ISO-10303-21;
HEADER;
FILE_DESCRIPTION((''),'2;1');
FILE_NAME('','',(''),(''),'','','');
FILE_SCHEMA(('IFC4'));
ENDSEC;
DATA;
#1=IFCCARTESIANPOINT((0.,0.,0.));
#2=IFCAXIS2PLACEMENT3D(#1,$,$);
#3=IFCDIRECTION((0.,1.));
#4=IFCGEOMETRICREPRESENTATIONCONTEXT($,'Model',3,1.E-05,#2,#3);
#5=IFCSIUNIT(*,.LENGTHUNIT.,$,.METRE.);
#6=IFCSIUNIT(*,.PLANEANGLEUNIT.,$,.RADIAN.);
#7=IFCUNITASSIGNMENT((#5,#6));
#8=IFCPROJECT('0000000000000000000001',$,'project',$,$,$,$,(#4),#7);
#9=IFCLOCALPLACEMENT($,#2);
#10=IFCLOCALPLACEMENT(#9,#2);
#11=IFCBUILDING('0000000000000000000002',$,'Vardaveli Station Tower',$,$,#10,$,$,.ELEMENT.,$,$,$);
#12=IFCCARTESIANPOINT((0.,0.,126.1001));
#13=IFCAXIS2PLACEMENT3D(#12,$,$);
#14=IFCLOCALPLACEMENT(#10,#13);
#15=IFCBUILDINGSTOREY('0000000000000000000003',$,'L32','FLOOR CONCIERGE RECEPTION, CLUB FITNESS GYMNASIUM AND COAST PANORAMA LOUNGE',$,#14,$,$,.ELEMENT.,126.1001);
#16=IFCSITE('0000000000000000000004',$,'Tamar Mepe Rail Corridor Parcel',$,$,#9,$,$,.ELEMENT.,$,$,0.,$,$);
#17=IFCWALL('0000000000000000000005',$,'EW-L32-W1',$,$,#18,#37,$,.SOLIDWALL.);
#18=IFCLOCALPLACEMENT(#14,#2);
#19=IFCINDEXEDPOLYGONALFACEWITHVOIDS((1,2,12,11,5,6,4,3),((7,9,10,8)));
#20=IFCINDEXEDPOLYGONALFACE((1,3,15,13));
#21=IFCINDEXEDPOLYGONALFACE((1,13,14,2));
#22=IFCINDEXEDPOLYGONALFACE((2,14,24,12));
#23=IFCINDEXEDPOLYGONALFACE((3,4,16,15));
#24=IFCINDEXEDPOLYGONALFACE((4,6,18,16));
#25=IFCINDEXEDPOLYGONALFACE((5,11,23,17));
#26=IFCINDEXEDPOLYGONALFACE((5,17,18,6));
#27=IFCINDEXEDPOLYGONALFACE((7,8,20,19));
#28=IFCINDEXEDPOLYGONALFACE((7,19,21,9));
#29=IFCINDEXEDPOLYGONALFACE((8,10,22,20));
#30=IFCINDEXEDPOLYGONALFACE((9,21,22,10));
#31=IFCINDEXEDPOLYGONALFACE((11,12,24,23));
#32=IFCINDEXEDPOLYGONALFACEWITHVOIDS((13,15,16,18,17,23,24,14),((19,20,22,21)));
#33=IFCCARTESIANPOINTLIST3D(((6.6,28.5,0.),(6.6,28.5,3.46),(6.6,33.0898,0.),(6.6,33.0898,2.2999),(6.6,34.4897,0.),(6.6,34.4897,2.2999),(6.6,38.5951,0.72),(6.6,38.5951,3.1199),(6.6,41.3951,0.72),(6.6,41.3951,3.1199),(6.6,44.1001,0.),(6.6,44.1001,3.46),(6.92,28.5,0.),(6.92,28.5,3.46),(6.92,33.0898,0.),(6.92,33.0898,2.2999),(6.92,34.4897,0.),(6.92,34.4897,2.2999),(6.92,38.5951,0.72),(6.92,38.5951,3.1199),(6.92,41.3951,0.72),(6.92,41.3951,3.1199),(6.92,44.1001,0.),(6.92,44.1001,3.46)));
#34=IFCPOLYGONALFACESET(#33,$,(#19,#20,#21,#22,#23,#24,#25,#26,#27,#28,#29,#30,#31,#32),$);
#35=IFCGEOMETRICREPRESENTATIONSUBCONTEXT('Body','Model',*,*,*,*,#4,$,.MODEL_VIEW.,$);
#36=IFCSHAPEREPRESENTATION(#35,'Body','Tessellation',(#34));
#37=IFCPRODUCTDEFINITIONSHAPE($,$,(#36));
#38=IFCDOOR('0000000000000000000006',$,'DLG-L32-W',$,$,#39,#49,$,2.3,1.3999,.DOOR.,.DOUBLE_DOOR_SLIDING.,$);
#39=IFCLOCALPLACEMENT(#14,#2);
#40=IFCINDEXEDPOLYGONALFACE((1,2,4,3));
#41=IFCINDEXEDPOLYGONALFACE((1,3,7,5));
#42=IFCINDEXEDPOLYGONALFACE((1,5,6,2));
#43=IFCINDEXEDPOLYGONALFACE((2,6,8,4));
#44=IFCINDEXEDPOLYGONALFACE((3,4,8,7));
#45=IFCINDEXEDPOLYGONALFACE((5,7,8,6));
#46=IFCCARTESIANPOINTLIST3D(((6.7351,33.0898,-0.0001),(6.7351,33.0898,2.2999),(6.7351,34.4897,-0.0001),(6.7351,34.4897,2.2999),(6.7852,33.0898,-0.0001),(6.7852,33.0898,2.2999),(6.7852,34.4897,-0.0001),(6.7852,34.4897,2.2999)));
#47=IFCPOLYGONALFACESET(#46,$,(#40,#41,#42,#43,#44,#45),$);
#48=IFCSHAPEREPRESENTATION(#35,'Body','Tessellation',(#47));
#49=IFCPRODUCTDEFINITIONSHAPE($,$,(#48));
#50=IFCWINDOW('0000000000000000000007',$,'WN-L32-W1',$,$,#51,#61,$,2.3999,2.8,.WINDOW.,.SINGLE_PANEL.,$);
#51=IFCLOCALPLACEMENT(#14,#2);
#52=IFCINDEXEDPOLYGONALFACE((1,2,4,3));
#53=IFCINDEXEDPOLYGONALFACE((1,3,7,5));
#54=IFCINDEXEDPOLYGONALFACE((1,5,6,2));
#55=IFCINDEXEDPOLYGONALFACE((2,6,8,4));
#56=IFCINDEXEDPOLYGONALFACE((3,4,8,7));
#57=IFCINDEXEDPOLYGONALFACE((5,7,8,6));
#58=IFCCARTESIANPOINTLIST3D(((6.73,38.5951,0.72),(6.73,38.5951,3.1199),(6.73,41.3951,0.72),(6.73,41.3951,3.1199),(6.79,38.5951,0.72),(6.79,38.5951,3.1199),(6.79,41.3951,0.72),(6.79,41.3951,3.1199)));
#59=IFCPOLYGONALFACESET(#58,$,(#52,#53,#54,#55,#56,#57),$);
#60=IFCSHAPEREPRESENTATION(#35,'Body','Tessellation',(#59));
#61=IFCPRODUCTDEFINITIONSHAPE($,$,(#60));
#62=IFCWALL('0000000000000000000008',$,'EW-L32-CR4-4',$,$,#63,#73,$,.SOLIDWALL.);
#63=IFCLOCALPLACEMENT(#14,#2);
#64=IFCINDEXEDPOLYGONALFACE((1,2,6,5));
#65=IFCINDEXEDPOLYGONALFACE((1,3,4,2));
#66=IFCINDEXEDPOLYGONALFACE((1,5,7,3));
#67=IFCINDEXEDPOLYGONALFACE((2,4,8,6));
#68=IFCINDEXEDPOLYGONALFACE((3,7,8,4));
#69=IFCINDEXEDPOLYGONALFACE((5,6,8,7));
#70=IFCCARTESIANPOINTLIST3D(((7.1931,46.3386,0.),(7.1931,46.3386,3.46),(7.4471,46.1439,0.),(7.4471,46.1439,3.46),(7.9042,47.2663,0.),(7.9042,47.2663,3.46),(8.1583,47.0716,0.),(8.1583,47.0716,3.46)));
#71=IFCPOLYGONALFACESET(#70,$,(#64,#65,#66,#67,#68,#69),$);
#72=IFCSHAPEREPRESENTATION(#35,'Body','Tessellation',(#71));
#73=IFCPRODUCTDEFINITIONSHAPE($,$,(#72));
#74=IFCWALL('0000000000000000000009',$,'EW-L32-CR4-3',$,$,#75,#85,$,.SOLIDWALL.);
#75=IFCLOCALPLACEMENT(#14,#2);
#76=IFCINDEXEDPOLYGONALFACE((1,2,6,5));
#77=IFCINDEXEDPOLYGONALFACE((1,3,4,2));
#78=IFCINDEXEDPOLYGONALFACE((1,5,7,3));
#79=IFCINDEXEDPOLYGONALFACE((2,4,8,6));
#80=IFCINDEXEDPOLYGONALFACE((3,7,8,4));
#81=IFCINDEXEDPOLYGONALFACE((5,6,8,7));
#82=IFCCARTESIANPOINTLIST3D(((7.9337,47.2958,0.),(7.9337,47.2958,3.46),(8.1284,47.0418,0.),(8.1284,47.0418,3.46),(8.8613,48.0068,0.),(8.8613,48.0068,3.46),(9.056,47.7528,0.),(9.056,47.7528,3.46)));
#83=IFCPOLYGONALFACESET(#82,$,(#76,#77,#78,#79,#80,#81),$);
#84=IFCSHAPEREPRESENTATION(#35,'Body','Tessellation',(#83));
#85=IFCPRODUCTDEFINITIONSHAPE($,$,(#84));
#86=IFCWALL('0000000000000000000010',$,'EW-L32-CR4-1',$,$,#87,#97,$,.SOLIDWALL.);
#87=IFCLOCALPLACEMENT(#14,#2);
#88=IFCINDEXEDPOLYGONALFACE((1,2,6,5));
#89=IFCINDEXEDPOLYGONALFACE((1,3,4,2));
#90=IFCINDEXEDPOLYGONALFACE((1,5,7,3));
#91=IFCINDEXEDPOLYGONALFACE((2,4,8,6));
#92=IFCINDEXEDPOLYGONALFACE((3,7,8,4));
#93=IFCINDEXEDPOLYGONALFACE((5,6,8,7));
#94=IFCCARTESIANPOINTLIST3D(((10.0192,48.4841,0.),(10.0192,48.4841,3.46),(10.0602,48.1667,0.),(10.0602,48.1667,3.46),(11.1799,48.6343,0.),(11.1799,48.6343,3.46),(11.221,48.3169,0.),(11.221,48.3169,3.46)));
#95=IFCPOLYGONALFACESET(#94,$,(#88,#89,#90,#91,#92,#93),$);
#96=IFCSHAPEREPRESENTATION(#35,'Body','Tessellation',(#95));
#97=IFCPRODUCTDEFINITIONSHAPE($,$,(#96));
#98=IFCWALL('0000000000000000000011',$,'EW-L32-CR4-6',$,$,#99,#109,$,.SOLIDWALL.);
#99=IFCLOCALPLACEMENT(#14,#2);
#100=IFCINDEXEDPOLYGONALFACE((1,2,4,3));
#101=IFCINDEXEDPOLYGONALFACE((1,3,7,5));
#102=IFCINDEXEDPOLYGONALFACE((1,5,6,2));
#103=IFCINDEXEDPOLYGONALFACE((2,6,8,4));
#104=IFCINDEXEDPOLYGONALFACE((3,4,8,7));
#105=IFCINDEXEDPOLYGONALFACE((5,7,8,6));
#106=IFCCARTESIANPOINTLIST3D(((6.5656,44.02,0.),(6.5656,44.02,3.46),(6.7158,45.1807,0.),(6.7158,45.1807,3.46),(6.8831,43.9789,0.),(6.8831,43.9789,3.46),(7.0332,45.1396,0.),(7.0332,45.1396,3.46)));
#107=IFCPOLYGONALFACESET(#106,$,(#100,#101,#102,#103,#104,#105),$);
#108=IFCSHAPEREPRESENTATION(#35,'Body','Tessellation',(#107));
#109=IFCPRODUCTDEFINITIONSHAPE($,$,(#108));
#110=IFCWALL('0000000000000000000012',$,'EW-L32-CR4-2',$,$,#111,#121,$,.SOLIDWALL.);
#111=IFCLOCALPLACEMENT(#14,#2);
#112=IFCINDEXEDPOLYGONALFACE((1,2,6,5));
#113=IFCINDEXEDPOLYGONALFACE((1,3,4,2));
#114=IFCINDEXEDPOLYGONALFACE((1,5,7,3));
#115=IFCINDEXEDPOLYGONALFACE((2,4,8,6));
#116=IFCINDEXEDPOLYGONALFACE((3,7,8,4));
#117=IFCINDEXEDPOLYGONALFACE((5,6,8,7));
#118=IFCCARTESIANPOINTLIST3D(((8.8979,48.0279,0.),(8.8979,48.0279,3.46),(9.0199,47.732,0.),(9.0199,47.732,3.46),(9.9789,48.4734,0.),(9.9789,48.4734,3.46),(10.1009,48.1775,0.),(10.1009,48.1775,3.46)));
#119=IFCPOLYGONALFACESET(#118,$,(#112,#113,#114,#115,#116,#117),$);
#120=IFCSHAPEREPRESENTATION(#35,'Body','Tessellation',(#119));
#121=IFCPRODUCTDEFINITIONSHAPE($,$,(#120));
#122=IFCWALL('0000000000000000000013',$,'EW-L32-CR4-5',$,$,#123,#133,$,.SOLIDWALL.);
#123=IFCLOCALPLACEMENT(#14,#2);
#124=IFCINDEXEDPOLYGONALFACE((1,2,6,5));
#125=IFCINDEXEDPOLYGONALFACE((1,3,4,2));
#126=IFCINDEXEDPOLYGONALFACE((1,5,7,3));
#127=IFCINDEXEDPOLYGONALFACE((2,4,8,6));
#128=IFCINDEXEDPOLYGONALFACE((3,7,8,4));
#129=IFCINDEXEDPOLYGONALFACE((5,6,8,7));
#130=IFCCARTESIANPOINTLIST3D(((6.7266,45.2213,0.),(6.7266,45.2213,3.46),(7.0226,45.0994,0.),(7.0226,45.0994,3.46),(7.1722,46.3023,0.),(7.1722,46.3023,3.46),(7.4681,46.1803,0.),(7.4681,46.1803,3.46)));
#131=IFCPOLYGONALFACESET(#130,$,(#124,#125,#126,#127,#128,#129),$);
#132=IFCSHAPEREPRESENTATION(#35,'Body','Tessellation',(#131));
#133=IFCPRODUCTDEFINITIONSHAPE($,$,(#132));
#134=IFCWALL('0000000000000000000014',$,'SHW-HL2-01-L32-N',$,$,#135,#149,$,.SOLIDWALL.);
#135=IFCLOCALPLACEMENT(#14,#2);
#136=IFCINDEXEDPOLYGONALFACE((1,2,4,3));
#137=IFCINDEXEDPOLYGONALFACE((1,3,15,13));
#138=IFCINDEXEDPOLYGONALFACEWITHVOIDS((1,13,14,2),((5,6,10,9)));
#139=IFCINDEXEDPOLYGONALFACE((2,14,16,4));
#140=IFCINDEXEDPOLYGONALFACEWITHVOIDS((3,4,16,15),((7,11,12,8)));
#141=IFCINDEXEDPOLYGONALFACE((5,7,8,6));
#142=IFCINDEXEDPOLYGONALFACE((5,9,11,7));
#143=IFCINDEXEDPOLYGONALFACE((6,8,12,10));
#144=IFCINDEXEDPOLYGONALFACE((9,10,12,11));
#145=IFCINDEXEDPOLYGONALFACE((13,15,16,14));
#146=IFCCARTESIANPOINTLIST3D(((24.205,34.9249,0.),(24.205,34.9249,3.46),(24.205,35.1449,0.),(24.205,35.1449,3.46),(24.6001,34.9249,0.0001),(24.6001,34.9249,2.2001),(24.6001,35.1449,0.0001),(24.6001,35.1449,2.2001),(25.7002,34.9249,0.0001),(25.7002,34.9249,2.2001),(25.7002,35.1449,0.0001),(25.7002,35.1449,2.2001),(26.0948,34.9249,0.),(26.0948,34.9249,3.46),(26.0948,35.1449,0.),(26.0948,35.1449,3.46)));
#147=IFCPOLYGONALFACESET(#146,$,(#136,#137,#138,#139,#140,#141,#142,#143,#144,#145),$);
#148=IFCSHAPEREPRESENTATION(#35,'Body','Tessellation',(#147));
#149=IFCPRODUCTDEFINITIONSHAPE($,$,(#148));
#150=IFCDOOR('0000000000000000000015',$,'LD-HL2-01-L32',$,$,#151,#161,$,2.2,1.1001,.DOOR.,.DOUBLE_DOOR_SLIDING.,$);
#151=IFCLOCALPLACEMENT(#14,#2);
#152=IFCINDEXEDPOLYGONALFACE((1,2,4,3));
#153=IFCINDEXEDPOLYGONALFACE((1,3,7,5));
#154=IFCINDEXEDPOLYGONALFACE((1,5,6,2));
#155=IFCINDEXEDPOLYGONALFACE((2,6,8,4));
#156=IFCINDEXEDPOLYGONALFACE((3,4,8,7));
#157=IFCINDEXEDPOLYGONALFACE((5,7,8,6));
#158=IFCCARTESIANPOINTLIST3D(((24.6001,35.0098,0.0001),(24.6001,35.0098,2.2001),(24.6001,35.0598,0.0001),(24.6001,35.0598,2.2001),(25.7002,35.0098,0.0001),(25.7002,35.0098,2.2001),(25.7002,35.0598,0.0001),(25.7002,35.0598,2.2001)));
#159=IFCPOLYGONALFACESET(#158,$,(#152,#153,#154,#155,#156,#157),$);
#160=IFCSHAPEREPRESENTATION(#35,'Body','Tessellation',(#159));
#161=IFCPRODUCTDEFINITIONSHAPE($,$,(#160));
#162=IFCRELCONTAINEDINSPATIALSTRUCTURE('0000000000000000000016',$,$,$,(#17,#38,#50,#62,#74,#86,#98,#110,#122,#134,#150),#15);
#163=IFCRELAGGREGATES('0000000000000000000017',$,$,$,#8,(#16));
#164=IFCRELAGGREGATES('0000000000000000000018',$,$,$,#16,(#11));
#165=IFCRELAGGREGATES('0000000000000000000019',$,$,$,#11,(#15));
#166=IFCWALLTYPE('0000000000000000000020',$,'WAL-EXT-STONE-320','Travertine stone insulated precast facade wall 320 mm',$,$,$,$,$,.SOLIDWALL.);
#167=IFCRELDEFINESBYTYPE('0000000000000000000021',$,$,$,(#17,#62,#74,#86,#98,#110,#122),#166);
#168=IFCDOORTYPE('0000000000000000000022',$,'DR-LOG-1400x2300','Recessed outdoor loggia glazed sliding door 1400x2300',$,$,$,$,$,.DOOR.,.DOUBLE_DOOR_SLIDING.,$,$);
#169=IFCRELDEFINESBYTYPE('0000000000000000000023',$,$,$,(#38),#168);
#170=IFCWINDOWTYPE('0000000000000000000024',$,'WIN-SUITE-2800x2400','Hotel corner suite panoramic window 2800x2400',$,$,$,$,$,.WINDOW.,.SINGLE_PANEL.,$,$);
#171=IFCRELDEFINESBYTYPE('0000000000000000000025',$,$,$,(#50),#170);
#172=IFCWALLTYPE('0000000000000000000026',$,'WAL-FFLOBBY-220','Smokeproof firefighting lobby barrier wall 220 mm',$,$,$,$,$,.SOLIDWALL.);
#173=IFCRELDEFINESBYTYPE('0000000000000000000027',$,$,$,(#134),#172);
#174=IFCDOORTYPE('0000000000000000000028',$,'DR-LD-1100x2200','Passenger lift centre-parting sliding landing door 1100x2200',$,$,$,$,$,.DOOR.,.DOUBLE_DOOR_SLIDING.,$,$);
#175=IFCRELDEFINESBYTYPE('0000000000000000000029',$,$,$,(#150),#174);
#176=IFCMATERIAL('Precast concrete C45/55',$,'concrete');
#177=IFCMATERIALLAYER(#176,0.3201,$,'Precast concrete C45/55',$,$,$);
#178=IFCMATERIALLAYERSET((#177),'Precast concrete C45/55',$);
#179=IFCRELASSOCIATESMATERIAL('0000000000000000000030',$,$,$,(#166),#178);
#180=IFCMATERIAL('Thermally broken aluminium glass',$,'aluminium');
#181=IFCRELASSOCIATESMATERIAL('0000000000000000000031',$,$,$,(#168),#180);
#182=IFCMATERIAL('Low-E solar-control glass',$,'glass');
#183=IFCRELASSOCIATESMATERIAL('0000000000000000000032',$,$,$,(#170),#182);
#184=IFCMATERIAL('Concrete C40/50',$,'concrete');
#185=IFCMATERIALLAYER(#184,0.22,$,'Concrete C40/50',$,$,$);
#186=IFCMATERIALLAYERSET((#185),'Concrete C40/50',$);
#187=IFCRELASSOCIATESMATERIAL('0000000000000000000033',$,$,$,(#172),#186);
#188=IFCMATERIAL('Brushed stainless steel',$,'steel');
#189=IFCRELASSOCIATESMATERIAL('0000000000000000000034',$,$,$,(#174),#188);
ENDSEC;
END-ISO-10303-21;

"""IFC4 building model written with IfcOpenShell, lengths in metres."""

from ifc_helpers import new_model, si_unit, direction, frame, frame_2d, origin, place, context, subcontext, project, spatial, rectangle, extrude, source, transform, mapped, material, layer, layer_set, type_object, element, fill, save


model = new_model("IFC4")

# Units and contexts
model_context = context("Model", 3, precision=1e-05, world=origin(), true_north=direction((0.0, 1.0)))
body_context = subcontext(model_context, "Body", "Model", "MODEL_VIEW")
ifc_project = project(units=[si_unit("LENGTHUNIT", "METRE"), si_unit("PLANEANGLEUNIT", "RADIAN")], contexts=[model_context])

# Site, building, storey
site_placement = place(None, origin())
site = spatial("IfcSite", under=ifc_project, at=site_placement, Name="Tamar Mepe Rail Corridor Parcel", CompositionType="ELEMENT", RefElevation=0.0)
building_placement = place(site_placement, origin())
building = spatial("IfcBuilding", under=site, at=building_placement, Name="Vardaveli Station Tower", CompositionType="ELEMENT")
storey_placement = place(building_placement, frame((0.0, 0.0, 126.1001)))
storey = spatial("IfcBuildingStorey", under=building, at=storey_placement, Name="L32", Description="FLOOR CONCIERGE RECEPTION, CLUB FITNESS GYMNASIUM AND COAST PANORAMA LOUNGE", CompositionType="ELEMENT", Elevation=126.1001)

# Shared definitions
ifc_material_1 = material(Name="Precast concrete C45/55", Category="concrete")

# Wall, openings, door, window
ifc_layer_1 = layer(ifc_material_1, 0.3201, Name="Precast concrete C45/55")
ifc_layer_set_1 = layer_set([ifc_layer_1], Name="Precast concrete C45/55")
wall_type_1 = type_object("IfcWallType", Name="WAL-EXT-STONE-320", Description="Travertine stone insulated precast facade wall 320 mm", PredefinedType="SOLIDWALL", material=ifc_layer_set_1)
shared_shape_1 = source(origin(), body_context, "Body", "SweptSolid", [
    extrude(rectangle(XDim=15.6001, YDim=0.3201, at=frame_2d((7.8, 0.0))), origin(), (0.0, 0.0, 1.0), 3.46),
])
wall_1_placement = place(storey_placement, frame((6.76, 44.1001, 0.0), z_axis=(0.0, 0.0, 1.0), x_axis=(0.0, -1.0, 0.0)))
wall_1 = element("IfcWall", 1, at=wall_1_placement, inside=storey, type_object=wall_type_1, Name="EW-L32-W1", PredefinedType="SOLIDWALL", context=body_context, shape_type="MappedRepresentation", body=[
    mapped(shared_shape_1, transform((0.0, 0.0, 0.0), scale=1.0)),
])
shared_shape_2 = source(origin(), body_context, "Body", "SweptSolid", [
    extrude(rectangle(XDim=1.3999, YDim=2.3, at=frame_2d((0.7, 1.1499))), frame((0.0, 0.1699, 0.0), z_axis=(0.0, -1.0, 0.0), x_axis=(1.0, 0.0, 0.0)), (0.0, 0.0, 1.0), 0.3401),
])
opening_1_placement = place(wall_1_placement, frame((9.6104, 0.0, 0.0)))
opening_1 = element("IfcOpeningElement", 2, at=opening_1_placement, cuts=wall_1, PredefinedType="OPENING", context=body_context, shape_type="MappedRepresentation", body=[
    mapped(shared_shape_2, transform((0.0, 0.0, 0.0), scale=1.0)),
])
shared_shape_3 = source(origin(), body_context, "Body", "SweptSolid", [
    extrude(rectangle(XDim=2.8, YDim=2.3999, at=frame_2d((1.3999, 1.2))), frame((0.0, 0.1699, 0.0), z_axis=(0.0, -1.0, 0.0), x_axis=(1.0, 0.0, 0.0)), (0.0, 0.0, 1.0), 0.3401),
])
opening_2_placement = place(wall_1_placement, frame((2.7051, 0.0, 0.72)))
opening_2 = element("IfcOpeningElement", 3, at=opening_2_placement, cuts=wall_1, PredefinedType="OPENING", context=body_context, shape_type="MappedRepresentation", body=[
    mapped(shared_shape_3, transform((0.0, 0.0, 0.0), scale=1.0)),
])
ifc_material_2 = material(Name="Thermally broken aluminium glass", Category="aluminium")
door_type_1 = type_object("IfcDoorType", Name="DR-LOG-1400x2300", Description="Recessed outdoor loggia glazed sliding door 1400x2300", OperationType="DOUBLE_DOOR_SLIDING", PredefinedType="DOOR", material=ifc_material_2)
shared_shape_4 = source(origin(), body_context, "Body", "SweptSolid", [
    extrude(rectangle(XDim=1.3999, YDim=2.3, at=frame_2d((0.7, 1.1499))), frame((0.0, 0.0249, 0.0), z_axis=(0.0, -1.0, 0.0), x_axis=(1.0, 0.0, 0.0)), (0.0, 0.0, 1.0), 0.05),
])
door_1_placement = place(opening_1_placement, frame((1.3999, 0.0, 0.0), z_axis=(0.0, 0.0, 1.0), x_axis=(-1.0, 0.0, 0.0)))
door_1 = element("IfcDoor", 4, at=door_1_placement, inside=storey, type_object=door_type_1, Name="DLG-L32-W", OperationType="DOUBLE_DOOR_SLIDING", OverallHeight=2.3, OverallWidth=1.3999, PredefinedType="DOOR", context=body_context, shape_type="MappedRepresentation", body=[
    mapped(shared_shape_4, transform((0.0, 0.0, 0.0), scale=1.0)),
])
fill(opening_1, door_1)
ifc_material_3 = material(Name="Low-E solar-control glass", Category="glass")
window_type = type_object("IfcWindowType", Name="WIN-SUITE-2800x2400", Description="Hotel corner suite panoramic window 2800x2400", PartitioningType="SINGLE_PANEL", PredefinedType="WINDOW", material=ifc_material_3)
shared_shape_5 = source(origin(), body_context, "Body", "SweptSolid", [
    extrude(rectangle(XDim=2.8, YDim=2.3999, at=frame_2d((1.3999, 1.2))), frame((0.0, 0.03, 0.0), z_axis=(0.0, -1.0, 0.0), x_axis=(1.0, 0.0, 0.0)), (0.0, 0.0, 1.0), 0.0601),
])
window_placement = place(opening_2_placement, origin())
window = element("IfcWindow", 5, at=window_placement, inside=storey, type_object=window_type, Name="WN-L32-W1", OverallHeight=2.3999, OverallWidth=2.8, PartitioningType="SINGLE_PANEL", PredefinedType="WINDOW", context=body_context, shape_type="MappedRepresentation", body=[
    mapped(shared_shape_5, transform((0.0, 0.0, 0.0), scale=1.0)),
])
fill(opening_2, window)

# Walls
shared_shape_6 = source(origin(), body_context, "Body", "SweptSolid", [
    extrude(rectangle(XDim=1.1689, YDim=0.3201, at=frame_2d((0.5845, 0.0))), origin(), (0.0, 0.0, 1.0), 3.46),
])
wall_2_placement = place(storey_placement, frame((8.0312, 47.1689, 0.0), z_axis=(0.0, 0.0, 1.0), x_axis=(-0.608388, -0.79364, 0.0)))
element("IfcWall", 6, at=wall_2_placement, inside=storey, type_object=wall_type_1, Name="EW-L32-CR4-4", PredefinedType="SOLIDWALL", context=body_context, shape_type="MappedRepresentation", body=[
    mapped(shared_shape_6, transform((0.0, 0.0, 0.0), scale=1.0)),
])
shared_shape_7 = source(origin(), body_context, "Body", "SweptSolid", [
    extrude(rectangle(XDim=1.1687, YDim=0.3201, at=frame_2d((0.5845, 0.0))), origin(), (0.0, 0.0, 1.0), 3.46),
])
wall_3_placement = place(storey_placement, frame((8.9587, 47.8799, 0.0), z_axis=(0.0, 0.0, 1.0), x_axis=(-0.793664, -0.608357, 0.0)))
element("IfcWall", 7, at=wall_3_placement, inside=storey, type_object=wall_type_1, Name="EW-L32-CR4-3", PredefinedType="SOLIDWALL", context=body_context, shape_type="MappedRepresentation", body=[
    mapped(shared_shape_7, transform((0.0, 0.0, 0.0), scale=1.0)),
])
shared_shape_8 = source(origin(), body_context, "Body", "SweptSolid", [
    extrude(rectangle(XDim=1.1704, YDim=0.3201, at=frame_2d((0.5852, 0.0))), origin(), (0.0, 0.0, 1.0), 3.46),
])
for number, where, z_axis, x_axis, name in (
    (8, (11.2004, 48.4756, 0.0), (0.0, 0.0, 1.0), (-0.991736, -0.128296, 0.0), "EW-L32-CR4-1"),
    (9, (6.8745, 45.1602, 0.0), (0.0, 0.0, 1.0), (-0.128296, -0.991736, 0.0), "EW-L32-CR4-6"),
):
    element("IfcWall", number, at=place(storey_placement, frame(where, z_axis=z_axis, x_axis=x_axis)), inside=storey, type_object=wall_type_1, Name=name, PredefinedType="SOLIDWALL", context=body_context, shape_type="MappedRepresentation", body=[
        mapped(shared_shape_8, transform((0.0, 0.0, 0.0), scale=1.0)),
    ])
shared_shape_9 = source(origin(), body_context, "Body", "SweptSolid", [
    extrude(rectangle(XDim=1.1692, YDim=0.3201, at=frame_2d((0.5845, 0.0))), origin(), (0.0, 0.0, 1.0), 3.46),
])
for number, where, z_axis, x_axis, name in (
    (10, (10.0398, 48.3254, 0.0), (0.0, 0.0, 1.0), (-0.924553, -0.381054, 0.0), "EW-L32-CR4-2"),
    (11, (7.3201, 46.2412, 0.0), (0.0, 0.0, 1.0), (-0.381054, -0.924553, 0.0), "EW-L32-CR4-5"),
):
    element("IfcWall", number, at=place(storey_placement, frame(where, z_axis=z_axis, x_axis=x_axis)), inside=storey, type_object=wall_type_1, Name=name, PredefinedType="SOLIDWALL", context=body_context, shape_type="MappedRepresentation", body=[
        mapped(shared_shape_9, transform((0.0, 0.0, 0.0), scale=1.0)),
    ])

# Wall, opening, door
ifc_material_4 = material(Name="Concrete C40/50", Category="concrete")
ifc_layer_2 = layer(ifc_material_4, 0.22, Name="Concrete C40/50")
ifc_layer_set_2 = layer_set([ifc_layer_2], Name="Concrete C40/50")
wall_type_2 = type_object("IfcWallType", Name="WAL-FFLOBBY-220", Description="Smokeproof firefighting lobby barrier wall 220 mm", PredefinedType="SOLIDWALL", material=ifc_layer_set_2)
shared_shape_10 = source(origin(), body_context, "Body", "SweptSolid", [
    extrude(rectangle(XDim=1.8899, YDim=0.22, at=frame_2d((0.9448, 0.0))), origin(), (0.0, 0.0, 1.0), 3.46),
])
wall_4_placement = place(storey_placement, frame((24.2051, 35.0349, 0.0), z_axis=(0.0, 0.0, 1.0), x_axis=(1.0, 0.0, 0.0)))
wall_4 = element("IfcWall", 12, at=wall_4_placement, inside=storey, type_object=wall_type_2, Name="SHW-HL2-01-L32-N", PredefinedType="SOLIDWALL", context=body_context, shape_type="MappedRepresentation", body=[
    mapped(shared_shape_10, transform((0.0, 0.0, 0.0), scale=1.0)),
])
shared_shape_11 = source(origin(), body_context, "Body", "SweptSolid", [
    extrude(rectangle(XDim=1.1001, YDim=2.2, at=frame_2d((0.55, 1.1001))), frame((0.0, 0.1201, 0.0), z_axis=(0.0, -1.0, 0.0), x_axis=(1.0, 0.0, 0.0)), (0.0, 0.0, 1.0), 0.24),
])
opening_3_placement = place(wall_4_placement, frame((0.395, 0.0, 0.0)))
opening_3 = element("IfcOpeningElement", 13, at=opening_3_placement, cuts=wall_4, PredefinedType="OPENING", context=body_context, shape_type="MappedRepresentation", body=[
    mapped(shared_shape_11, transform((0.0, 0.0, 0.0), scale=1.0)),
])
ifc_material_5 = material(Name="Brushed stainless steel", Category="steel")
door_type_2 = type_object("IfcDoorType", Name="DR-LD-1100x2200", Description="Passenger lift centre-parting sliding landing door 1100x2200", OperationType="DOUBLE_DOOR_SLIDING", PredefinedType="DOOR", material=ifc_material_5)
shared_shape_12 = source(origin(), body_context, "Body", "SweptSolid", [
    extrude(rectangle(XDim=1.1001, YDim=2.2, at=frame_2d((0.55, 1.1001))), frame((0.0, 0.0249, 0.0), z_axis=(0.0, -1.0, 0.0), x_axis=(1.0, 0.0, 0.0)), (0.0, 0.0, 1.0), 0.05),
])
door_2_placement = place(opening_3_placement, origin())
door_2 = element("IfcDoor", 14, at=door_2_placement, inside=storey, type_object=door_type_2, Name="LD-HL2-01-L32", OperationType="DOUBLE_DOOR_SLIDING", OverallHeight=2.2, OverallWidth=1.1001, PredefinedType="DOOR", context=body_context, shape_type="MappedRepresentation", body=[
    mapped(shared_shape_12, transform((0.0, 0.0, 0.0), scale=1.0)),
])
fill(opening_3, door_2)

save(model, "model.ifc")
